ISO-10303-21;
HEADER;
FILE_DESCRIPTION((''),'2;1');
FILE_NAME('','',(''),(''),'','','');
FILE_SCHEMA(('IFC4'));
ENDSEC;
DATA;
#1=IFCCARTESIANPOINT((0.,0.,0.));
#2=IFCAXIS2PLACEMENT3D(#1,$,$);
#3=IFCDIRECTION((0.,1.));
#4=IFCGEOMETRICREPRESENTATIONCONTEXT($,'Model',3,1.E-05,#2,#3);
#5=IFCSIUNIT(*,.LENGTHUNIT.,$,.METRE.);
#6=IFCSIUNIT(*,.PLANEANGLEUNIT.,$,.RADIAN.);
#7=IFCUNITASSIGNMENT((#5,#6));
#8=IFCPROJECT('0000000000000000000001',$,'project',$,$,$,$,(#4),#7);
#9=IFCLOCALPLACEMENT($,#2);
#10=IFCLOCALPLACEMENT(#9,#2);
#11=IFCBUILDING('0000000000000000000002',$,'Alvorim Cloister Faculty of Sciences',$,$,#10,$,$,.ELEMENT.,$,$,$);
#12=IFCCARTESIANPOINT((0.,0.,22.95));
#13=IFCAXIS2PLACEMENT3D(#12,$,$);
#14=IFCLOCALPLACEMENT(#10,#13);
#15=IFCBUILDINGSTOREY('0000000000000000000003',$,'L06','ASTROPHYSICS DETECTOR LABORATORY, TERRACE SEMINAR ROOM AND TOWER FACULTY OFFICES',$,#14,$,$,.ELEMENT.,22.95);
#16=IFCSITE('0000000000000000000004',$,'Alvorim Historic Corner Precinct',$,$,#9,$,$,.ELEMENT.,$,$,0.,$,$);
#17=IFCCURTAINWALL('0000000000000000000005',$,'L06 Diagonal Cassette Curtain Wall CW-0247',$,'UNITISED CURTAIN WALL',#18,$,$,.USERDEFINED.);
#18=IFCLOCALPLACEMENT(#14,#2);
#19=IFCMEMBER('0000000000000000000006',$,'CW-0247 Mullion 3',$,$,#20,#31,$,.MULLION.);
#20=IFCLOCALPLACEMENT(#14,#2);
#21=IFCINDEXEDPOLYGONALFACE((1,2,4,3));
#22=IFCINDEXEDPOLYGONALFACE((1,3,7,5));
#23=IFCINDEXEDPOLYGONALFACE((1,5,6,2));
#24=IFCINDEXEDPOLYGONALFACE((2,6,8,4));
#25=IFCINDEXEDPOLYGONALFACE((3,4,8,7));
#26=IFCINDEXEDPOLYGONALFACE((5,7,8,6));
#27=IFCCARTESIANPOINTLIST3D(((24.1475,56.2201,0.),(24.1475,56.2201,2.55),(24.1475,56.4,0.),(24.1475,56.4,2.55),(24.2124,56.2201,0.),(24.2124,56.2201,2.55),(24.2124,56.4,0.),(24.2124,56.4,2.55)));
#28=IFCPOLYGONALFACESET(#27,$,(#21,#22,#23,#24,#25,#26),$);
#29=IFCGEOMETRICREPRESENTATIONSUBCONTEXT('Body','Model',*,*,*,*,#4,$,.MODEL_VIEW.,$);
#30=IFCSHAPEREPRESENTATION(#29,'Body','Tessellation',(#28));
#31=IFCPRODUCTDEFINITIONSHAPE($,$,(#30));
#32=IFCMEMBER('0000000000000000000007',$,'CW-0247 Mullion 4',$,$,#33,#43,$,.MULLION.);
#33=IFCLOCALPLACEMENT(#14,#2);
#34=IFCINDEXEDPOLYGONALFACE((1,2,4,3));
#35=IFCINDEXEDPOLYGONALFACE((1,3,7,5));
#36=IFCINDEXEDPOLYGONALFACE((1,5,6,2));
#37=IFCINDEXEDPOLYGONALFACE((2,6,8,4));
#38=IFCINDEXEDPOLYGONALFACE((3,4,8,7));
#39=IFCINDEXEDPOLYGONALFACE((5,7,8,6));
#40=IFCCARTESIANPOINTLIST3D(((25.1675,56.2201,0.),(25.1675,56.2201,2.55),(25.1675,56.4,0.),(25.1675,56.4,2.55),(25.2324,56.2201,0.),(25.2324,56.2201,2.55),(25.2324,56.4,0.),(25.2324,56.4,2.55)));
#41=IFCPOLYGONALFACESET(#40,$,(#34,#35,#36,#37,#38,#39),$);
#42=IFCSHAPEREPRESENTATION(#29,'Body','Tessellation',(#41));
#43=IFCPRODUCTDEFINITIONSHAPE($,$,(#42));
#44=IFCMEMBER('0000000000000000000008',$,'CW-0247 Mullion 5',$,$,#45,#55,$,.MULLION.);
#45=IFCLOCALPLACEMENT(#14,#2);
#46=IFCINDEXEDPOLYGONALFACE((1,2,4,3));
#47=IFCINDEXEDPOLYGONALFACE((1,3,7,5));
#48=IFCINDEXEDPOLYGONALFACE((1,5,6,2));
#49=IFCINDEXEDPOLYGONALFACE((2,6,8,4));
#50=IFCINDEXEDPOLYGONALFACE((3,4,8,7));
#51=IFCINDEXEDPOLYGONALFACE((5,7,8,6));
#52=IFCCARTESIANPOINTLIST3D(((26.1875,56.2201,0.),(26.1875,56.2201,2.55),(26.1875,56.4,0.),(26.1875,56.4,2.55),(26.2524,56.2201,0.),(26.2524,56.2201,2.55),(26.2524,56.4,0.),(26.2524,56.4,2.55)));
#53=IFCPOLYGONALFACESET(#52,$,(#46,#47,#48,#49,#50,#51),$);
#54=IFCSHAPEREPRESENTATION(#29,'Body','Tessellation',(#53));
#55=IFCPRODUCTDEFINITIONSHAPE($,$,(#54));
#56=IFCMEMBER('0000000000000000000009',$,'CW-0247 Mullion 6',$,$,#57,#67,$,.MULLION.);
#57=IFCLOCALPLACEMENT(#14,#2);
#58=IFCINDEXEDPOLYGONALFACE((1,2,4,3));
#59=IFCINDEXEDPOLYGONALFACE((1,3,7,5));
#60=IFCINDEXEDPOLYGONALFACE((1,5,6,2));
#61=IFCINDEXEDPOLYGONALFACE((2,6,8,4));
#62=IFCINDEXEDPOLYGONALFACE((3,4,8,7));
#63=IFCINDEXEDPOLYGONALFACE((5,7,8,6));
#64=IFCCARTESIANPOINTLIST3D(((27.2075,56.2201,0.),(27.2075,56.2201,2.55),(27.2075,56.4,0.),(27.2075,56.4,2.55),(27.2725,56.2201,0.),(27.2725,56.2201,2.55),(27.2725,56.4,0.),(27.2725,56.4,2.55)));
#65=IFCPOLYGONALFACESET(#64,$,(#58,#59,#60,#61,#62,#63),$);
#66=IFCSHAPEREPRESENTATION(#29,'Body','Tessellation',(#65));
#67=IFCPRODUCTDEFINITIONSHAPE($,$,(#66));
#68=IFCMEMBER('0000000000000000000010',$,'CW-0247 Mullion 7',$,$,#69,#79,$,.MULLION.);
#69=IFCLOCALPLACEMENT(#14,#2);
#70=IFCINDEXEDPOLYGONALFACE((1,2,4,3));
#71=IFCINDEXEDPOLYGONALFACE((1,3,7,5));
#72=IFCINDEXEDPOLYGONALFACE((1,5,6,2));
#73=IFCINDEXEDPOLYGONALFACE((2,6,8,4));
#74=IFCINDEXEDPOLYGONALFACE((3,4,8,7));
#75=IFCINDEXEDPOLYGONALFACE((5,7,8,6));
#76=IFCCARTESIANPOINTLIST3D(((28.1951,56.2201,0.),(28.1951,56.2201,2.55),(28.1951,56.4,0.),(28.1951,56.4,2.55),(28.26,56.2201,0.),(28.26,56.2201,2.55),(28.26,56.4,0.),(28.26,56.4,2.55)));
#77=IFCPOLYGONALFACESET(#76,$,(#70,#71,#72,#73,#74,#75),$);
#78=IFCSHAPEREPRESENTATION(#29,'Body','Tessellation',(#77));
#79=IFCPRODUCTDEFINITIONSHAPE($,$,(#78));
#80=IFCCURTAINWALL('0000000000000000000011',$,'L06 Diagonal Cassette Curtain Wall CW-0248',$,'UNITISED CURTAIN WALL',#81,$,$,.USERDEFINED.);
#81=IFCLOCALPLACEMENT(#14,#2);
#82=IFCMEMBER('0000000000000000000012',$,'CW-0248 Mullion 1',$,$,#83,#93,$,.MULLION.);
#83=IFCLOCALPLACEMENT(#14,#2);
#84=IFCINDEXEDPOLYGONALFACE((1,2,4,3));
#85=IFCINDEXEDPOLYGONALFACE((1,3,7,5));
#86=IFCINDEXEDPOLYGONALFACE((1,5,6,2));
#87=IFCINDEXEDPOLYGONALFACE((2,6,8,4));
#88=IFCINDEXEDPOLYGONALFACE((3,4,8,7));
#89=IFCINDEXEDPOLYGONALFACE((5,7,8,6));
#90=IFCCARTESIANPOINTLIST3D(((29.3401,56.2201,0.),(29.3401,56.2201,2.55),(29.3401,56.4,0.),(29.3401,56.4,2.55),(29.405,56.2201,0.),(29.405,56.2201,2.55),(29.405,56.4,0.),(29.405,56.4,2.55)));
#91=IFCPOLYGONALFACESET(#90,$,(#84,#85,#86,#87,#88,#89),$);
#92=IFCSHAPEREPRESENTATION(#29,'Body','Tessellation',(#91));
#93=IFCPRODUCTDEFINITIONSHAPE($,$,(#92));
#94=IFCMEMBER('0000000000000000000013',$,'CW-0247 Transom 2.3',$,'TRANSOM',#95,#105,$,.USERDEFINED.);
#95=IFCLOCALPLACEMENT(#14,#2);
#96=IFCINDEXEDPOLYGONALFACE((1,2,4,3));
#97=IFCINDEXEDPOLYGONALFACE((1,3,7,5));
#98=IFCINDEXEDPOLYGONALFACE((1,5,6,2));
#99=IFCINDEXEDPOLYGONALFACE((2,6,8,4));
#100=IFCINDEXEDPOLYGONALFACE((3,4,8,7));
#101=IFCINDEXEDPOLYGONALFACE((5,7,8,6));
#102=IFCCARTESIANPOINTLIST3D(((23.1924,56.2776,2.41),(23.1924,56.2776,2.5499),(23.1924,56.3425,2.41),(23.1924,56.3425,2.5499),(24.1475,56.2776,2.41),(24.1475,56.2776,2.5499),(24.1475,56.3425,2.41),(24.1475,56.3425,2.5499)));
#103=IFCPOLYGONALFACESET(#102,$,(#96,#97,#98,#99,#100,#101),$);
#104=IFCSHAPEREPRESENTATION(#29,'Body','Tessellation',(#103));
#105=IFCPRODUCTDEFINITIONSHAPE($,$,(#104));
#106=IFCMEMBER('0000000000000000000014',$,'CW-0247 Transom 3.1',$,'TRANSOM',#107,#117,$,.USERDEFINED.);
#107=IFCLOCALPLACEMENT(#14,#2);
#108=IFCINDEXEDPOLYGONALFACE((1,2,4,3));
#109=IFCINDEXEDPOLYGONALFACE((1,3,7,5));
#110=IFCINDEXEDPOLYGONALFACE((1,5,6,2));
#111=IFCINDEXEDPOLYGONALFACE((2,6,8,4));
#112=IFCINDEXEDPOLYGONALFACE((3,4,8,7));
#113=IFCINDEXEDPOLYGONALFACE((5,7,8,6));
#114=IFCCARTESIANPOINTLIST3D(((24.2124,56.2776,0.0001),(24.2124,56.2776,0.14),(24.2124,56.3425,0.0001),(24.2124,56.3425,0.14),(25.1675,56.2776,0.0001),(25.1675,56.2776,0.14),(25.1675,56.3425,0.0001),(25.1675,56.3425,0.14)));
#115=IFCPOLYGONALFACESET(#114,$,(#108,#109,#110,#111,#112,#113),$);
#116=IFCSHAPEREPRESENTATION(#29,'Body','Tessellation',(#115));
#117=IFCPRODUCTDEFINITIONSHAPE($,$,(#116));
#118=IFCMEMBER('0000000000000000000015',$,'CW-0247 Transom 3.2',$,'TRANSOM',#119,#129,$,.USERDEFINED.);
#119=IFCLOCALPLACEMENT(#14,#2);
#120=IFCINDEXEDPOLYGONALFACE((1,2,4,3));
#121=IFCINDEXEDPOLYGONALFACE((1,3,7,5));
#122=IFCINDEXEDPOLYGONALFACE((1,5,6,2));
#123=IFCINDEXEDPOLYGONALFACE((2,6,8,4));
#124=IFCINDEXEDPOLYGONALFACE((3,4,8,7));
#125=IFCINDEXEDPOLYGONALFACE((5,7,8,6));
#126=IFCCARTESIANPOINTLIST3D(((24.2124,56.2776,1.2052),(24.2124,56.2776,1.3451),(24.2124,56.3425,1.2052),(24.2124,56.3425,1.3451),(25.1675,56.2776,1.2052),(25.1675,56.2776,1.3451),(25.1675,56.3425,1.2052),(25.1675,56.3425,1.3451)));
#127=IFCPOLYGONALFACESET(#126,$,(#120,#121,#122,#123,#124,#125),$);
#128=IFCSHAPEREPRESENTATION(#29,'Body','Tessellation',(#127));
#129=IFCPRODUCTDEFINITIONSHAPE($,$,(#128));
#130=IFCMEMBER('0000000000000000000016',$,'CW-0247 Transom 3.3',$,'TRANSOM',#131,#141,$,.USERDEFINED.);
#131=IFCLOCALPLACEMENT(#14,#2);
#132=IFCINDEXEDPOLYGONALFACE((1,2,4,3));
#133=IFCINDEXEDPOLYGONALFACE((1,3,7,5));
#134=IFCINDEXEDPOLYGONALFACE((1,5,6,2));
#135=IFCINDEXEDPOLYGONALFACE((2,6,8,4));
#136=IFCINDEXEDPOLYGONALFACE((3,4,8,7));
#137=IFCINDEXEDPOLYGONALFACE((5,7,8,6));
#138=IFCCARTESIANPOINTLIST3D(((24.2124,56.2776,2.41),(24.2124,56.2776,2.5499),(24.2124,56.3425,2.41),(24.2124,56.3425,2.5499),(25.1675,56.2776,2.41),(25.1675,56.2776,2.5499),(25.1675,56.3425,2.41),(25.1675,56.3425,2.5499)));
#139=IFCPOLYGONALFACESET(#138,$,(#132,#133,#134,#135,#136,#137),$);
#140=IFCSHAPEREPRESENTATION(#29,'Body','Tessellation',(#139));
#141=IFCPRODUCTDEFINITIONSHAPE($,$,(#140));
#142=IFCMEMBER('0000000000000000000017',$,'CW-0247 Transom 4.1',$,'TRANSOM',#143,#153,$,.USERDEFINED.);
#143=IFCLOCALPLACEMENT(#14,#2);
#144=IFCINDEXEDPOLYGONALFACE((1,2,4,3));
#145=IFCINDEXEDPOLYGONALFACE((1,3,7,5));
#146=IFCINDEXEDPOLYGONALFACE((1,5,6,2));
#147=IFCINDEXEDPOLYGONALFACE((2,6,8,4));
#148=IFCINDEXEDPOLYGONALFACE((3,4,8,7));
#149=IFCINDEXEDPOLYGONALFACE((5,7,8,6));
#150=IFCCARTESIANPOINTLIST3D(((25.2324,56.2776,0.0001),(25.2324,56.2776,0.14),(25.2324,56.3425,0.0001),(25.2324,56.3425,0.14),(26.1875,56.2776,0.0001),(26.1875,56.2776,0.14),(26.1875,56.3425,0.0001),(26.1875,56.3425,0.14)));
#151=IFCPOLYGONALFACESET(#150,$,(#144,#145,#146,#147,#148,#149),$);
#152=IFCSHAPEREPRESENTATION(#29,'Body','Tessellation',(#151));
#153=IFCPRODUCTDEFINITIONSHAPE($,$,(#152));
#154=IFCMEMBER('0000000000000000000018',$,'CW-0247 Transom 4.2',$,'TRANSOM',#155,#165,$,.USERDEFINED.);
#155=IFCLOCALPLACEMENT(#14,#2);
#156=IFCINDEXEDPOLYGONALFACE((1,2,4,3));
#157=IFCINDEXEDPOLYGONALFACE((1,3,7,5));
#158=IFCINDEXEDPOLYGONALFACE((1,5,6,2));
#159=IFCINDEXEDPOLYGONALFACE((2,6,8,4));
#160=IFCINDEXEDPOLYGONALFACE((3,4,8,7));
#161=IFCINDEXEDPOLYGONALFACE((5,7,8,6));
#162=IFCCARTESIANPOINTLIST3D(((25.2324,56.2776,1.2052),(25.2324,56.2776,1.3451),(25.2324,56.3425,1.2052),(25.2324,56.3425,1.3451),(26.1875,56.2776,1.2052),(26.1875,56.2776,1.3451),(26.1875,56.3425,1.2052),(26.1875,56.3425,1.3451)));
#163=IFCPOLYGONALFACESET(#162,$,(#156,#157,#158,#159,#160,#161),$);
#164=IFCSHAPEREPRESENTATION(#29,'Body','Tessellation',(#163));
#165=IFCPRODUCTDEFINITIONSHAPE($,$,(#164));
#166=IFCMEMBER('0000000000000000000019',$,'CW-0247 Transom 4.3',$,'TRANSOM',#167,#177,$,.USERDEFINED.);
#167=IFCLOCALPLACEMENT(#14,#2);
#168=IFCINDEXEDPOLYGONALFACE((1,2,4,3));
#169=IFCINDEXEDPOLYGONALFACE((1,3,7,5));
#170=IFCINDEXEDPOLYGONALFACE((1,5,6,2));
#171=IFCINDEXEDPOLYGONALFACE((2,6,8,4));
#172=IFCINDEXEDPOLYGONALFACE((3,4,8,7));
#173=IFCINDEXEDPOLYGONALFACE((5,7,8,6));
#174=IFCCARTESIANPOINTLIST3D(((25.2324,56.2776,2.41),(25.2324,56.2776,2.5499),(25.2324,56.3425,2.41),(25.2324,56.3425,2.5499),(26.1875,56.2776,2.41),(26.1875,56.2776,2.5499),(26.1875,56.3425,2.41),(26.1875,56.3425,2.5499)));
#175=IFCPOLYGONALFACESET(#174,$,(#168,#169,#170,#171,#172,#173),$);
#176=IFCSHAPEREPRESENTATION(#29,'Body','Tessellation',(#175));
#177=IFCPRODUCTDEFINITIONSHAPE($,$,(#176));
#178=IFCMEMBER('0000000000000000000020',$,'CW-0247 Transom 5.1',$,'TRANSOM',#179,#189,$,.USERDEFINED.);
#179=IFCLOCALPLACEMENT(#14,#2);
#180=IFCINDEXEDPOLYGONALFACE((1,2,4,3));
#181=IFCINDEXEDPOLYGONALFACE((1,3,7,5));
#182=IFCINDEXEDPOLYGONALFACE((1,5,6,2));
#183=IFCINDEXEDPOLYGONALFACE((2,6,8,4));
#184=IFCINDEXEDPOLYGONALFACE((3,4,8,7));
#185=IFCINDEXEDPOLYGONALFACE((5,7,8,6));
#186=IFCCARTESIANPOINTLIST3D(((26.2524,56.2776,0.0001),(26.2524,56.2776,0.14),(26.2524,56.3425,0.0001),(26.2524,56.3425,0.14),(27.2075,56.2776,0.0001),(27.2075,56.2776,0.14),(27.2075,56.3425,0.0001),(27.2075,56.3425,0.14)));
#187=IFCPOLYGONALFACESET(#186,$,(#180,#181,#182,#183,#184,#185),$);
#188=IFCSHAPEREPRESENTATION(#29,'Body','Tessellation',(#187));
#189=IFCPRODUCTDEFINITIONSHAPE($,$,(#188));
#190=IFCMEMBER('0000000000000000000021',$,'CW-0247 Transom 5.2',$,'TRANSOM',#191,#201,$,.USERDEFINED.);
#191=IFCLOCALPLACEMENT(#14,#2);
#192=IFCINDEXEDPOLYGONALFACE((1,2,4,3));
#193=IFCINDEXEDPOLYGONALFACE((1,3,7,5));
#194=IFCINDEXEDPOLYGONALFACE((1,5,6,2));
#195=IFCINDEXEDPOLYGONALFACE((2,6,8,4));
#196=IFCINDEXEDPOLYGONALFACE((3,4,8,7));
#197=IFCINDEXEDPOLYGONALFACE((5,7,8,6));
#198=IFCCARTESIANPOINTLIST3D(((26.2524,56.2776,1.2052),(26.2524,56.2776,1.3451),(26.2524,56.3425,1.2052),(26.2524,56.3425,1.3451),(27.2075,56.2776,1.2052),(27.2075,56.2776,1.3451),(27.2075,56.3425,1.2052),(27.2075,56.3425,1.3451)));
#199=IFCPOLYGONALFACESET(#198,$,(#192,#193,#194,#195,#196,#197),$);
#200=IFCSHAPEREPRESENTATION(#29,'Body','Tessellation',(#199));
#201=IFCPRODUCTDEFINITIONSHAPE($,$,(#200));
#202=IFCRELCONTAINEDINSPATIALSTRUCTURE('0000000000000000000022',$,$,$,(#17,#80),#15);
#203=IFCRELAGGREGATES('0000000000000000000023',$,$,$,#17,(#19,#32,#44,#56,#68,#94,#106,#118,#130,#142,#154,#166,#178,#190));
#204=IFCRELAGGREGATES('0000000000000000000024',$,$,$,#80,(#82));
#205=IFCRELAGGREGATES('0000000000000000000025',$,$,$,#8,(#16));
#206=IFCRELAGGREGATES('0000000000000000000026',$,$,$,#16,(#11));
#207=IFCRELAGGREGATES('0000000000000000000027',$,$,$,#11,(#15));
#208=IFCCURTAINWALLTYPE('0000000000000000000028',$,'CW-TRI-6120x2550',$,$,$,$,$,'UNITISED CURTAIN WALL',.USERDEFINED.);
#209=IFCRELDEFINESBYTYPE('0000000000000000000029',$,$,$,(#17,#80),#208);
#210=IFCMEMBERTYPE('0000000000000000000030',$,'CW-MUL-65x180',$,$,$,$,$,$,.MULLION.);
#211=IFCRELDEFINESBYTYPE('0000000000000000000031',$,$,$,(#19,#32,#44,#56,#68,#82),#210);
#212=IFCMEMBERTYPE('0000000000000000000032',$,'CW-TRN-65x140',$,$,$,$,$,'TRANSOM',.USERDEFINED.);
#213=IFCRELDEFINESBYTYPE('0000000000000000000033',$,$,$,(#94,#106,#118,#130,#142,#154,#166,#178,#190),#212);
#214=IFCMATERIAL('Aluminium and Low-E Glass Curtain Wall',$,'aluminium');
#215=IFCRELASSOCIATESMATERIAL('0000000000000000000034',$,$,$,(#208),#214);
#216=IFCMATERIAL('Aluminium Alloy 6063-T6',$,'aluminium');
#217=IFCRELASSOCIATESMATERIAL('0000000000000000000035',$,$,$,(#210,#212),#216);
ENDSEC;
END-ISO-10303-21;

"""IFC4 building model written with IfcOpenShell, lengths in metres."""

from ifc_helpers import new_model, si_unit, direction, frame, origin, origin_2d, place, context, subcontext, project, spatial, rectangle, extrude, material, material_profile, profile_set, type_object, element, aggregate, save


model = new_model("IFC4")

# Units and contexts
model_context = context("Model", 3, precision=1e-05, world=origin(), true_north=direction((0.0, 1.0)))
body_context = subcontext(model_context, "Body", "Model", "MODEL_VIEW")
ifc_project = project(units=[si_unit("LENGTHUNIT", "METRE"), si_unit("PLANEANGLEUNIT", "RADIAN")], contexts=[model_context])

# Site, building, storey
site_placement = place(None, origin())
site = spatial("IfcSite", under=ifc_project, at=site_placement, Name="Alvorim Historic Corner Precinct", CompositionType="ELEMENT", RefElevation=0.0)
building_placement = place(site_placement, origin())
building = spatial("IfcBuilding", under=site, at=building_placement, Name="Alvorim Cloister Faculty of Sciences", CompositionType="ELEMENT")
storey_placement = place(building_placement, frame((0.0, 0.0, 22.95)))
storey = spatial("IfcBuildingStorey", under=building, at=storey_placement, Name="L06", Description="ASTROPHYSICS DETECTOR LABORATORY, TERRACE SEMINAR ROOM AND TOWER FACULTY OFFICES", CompositionType="ELEMENT", Elevation=22.95)

# Curtain wall, members
ifc_material_1 = material(Name="Aluminium and Low-E Glass Curtain Wall", Category="aluminium")
curtain_wall_type = type_object("IfcCurtainWallType", Name="CW-TRI-6120x2550", ElementType="UNITISED CURTAIN WALL", PredefinedType="USERDEFINED", material=ifc_material_1)
curtain_wall_1_placement = place(storey_placement, origin())
curtain_wall_1 = element("IfcCurtainWall", 1, at=curtain_wall_1_placement, inside=storey, type_object=curtain_wall_type, Name="L06 Diagonal Cassette Curtain Wall CW-0247", ObjectType="UNITISED CURTAIN WALL", PredefinedType="USERDEFINED")
ifc_material_2 = material(Name="Aluminium Alloy 6063-T6", Category="aluminium")
ifc_material_profile_1 = material_profile(ifc_material_2, rectangle(XDim=0.0649, YDim=0.1799, at=origin_2d()), Name="ALU-MUL-65x180")
ifc_profile_set_1 = profile_set([ifc_material_profile_1], Name="Aluminium Alloy 6063-T6")
member_type_1 = type_object("IfcMemberType", Name="CW-MUL-65x180", PredefinedType="MULLION", material=ifc_profile_set_1)
member_1_placement = place(storey_placement, frame((24.1799, 56.3101, 0.0), z_axis=(0.0, 0.0, 1.0), x_axis=(1.0, 0.0, 0.0)))
member_1 = element("IfcMember", 2, at=member_1_placement, type_object=member_type_1, Name="CW-0247 Mullion 3", PredefinedType="MULLION", context=body_context, shape_type="SweptSolid", body=[
    extrude(rectangle(XDim=0.0649, YDim=0.1799, at=origin_2d()), origin(), (0.0, 0.0, 1.0), 2.55),
])
member_2_placement = place(storey_placement, frame((25.2, 56.3101, 0.0), z_axis=(0.0, 0.0, 1.0), x_axis=(1.0, 0.0, 0.0)))
member_2 = element("IfcMember", 3, at=member_2_placement, type_object=member_type_1, Name="CW-0247 Mullion 4", PredefinedType="MULLION", context=body_context, shape_type="SweptSolid", body=[
    extrude(rectangle(XDim=0.0649, YDim=0.1799, at=origin_2d()), origin(), (0.0, 0.0, 1.0), 2.55),
])
member_3_placement = place(storey_placement, frame((26.22, 56.3101, 0.0), z_axis=(0.0, 0.0, 1.0), x_axis=(1.0, 0.0, 0.0)))
member_3 = element("IfcMember", 4, at=member_3_placement, type_object=member_type_1, Name="CW-0247 Mullion 5", PredefinedType="MULLION", context=body_context, shape_type="SweptSolid", body=[
    extrude(rectangle(XDim=0.0649, YDim=0.1799, at=origin_2d()), origin(), (0.0, 0.0, 1.0), 2.55),
])
member_4_placement = place(storey_placement, frame((27.24, 56.3101, 0.0), z_axis=(0.0, 0.0, 1.0), x_axis=(1.0, 0.0, 0.0)))
member_4 = element("IfcMember", 5, at=member_4_placement, type_object=member_type_1, Name="CW-0247 Mullion 6", PredefinedType="MULLION", context=body_context, shape_type="SweptSolid", body=[
    extrude(rectangle(XDim=0.0649, YDim=0.1799, at=origin_2d()), origin(), (0.0, 0.0, 1.0), 2.55),
])
member_5_placement = place(storey_placement, frame((28.2275, 56.3101, 0.0), z_axis=(0.0, 0.0, 1.0), x_axis=(1.0, 0.0, 0.0)))
member_5 = element("IfcMember", 6, at=member_5_placement, type_object=member_type_1, Name="CW-0247 Mullion 7", PredefinedType="MULLION", context=body_context, shape_type="SweptSolid", body=[
    extrude(rectangle(XDim=0.0649, YDim=0.1799, at=origin_2d()), origin(), (0.0, 0.0, 1.0), 2.55),
])

# Curtain wall, member
curtain_wall_2_placement = place(storey_placement, origin())
curtain_wall_2 = element("IfcCurtainWall", 7, at=curtain_wall_2_placement, inside=storey, type_object=curtain_wall_type, Name="L06 Diagonal Cassette Curtain Wall CW-0248", ObjectType="UNITISED CURTAIN WALL", PredefinedType="USERDEFINED")
member_6_placement = place(storey_placement, frame((29.3726, 56.3101, 0.0), z_axis=(0.0, 0.0, 1.0), x_axis=(1.0, 0.0, 0.0)))
member_6 = element("IfcMember", 8, at=member_6_placement, type_object=member_type_1, Name="CW-0248 Mullion 1", PredefinedType="MULLION", context=body_context, shape_type="SweptSolid", body=[
    extrude(rectangle(XDim=0.0649, YDim=0.1799, at=origin_2d()), origin(), (0.0, 0.0, 1.0), 2.55),
])

# Members
ifc_material_profile_2 = material_profile(ifc_material_2, rectangle(XDim=0.0649, YDim=0.1399, at=origin_2d()), Name="ALU-TRN-65x140")
ifc_profile_set_2 = profile_set([ifc_material_profile_2], Name="Aluminium Alloy 6063-T6")
member_type_2 = type_object("IfcMemberType", Name="CW-TRN-65x140", ElementType="TRANSOM", PredefinedType="USERDEFINED", material=ifc_profile_set_2)
member_7_placement = place(storey_placement, frame((23.1924, 56.3101, 2.48), z_axis=(1.0, 0.0, 0.0), x_axis=(0.0, 1.0, 0.0)))
member_7 = element("IfcMember", 9, at=member_7_placement, type_object=member_type_2, Name="CW-0247 Transom 2.3", ObjectType="TRANSOM", PredefinedType="USERDEFINED", context=body_context, shape_type="SweptSolid", body=[
    extrude(rectangle(XDim=0.0649, YDim=0.1399, at=origin_2d()), origin(), (0.0, 0.0, 1.0), 0.9551),
])
member_8_placement = place(storey_placement, frame((24.2124, 56.3101, 0.0701), z_axis=(1.0, 0.0, 0.0), x_axis=(0.0, 1.0, 0.0)))
member_8 = element("IfcMember", 10, at=member_8_placement, type_object=member_type_2, Name="CW-0247 Transom 3.1", ObjectType="TRANSOM", PredefinedType="USERDEFINED", context=body_context, shape_type="SweptSolid", body=[
    extrude(rectangle(XDim=0.0649, YDim=0.1399, at=origin_2d()), origin(), (0.0, 0.0, 1.0), 0.9551),
])
member_9_placement = place(storey_placement, frame((24.2124, 56.3101, 1.2751), z_axis=(1.0, 0.0, 0.0), x_axis=(0.0, 1.0, 0.0)))
member_9 = element("IfcMember", 11, at=member_9_placement, type_object=member_type_2, Name="CW-0247 Transom 3.2", ObjectType="TRANSOM", PredefinedType="USERDEFINED", context=body_context, shape_type="SweptSolid", body=[
    extrude(rectangle(XDim=0.0649, YDim=0.1399, at=origin_2d()), origin(), (0.0, 0.0, 1.0), 0.9551),
])
member_10_placement = place(storey_placement, frame((24.2124, 56.3101, 2.48), z_axis=(1.0, 0.0, 0.0), x_axis=(0.0, 1.0, 0.0)))
member_10 = element("IfcMember", 12, at=member_10_placement, type_object=member_type_2, Name="CW-0247 Transom 3.3", ObjectType="TRANSOM", PredefinedType="USERDEFINED", context=body_context, shape_type="SweptSolid", body=[
    extrude(rectangle(XDim=0.0649, YDim=0.1399, at=origin_2d()), origin(), (0.0, 0.0, 1.0), 0.9551),
])
member_11_placement = place(storey_placement, frame((25.2324, 56.3101, 0.0701), z_axis=(1.0, 0.0, 0.0), x_axis=(0.0, 1.0, 0.0)))
member_11 = element("IfcMember", 13, at=member_11_placement, type_object=member_type_2, Name="CW-0247 Transom 4.1", ObjectType="TRANSOM", PredefinedType="USERDEFINED", context=body_context, shape_type="SweptSolid", body=[
    extrude(rectangle(XDim=0.0649, YDim=0.1399, at=origin_2d()), origin(), (0.0, 0.0, 1.0), 0.9551),
])
member_12_placement = place(storey_placement, frame((25.2324, 56.3101, 1.2751), z_axis=(1.0, 0.0, 0.0), x_axis=(0.0, 1.0, 0.0)))
member_12 = element("IfcMember", 14, at=member_12_placement, type_object=member_type_2, Name="CW-0247 Transom 4.2", ObjectType="TRANSOM", PredefinedType="USERDEFINED", context=body_context, shape_type="SweptSolid", body=[
    extrude(rectangle(XDim=0.0649, YDim=0.1399, at=origin_2d()), origin(), (0.0, 0.0, 1.0), 0.9551),
])
member_13_placement = place(storey_placement, frame((25.2324, 56.3101, 2.48), z_axis=(1.0, 0.0, 0.0), x_axis=(0.0, 1.0, 0.0)))
member_13 = element("IfcMember", 15, at=member_13_placement, type_object=member_type_2, Name="CW-0247 Transom 4.3", ObjectType="TRANSOM", PredefinedType="USERDEFINED", context=body_context, shape_type="SweptSolid", body=[
    extrude(rectangle(XDim=0.0649, YDim=0.1399, at=origin_2d()), origin(), (0.0, 0.0, 1.0), 0.9551),
])
member_14_placement = place(storey_placement, frame((26.2524, 56.3101, 0.0701), z_axis=(1.0, 0.0, 0.0), x_axis=(0.0, 1.0, 0.0)))
member_14 = element("IfcMember", 16, at=member_14_placement, type_object=member_type_2, Name="CW-0247 Transom 5.1", ObjectType="TRANSOM", PredefinedType="USERDEFINED", context=body_context, shape_type="SweptSolid", body=[
    extrude(rectangle(XDim=0.0649, YDim=0.1399, at=origin_2d()), origin(), (0.0, 0.0, 1.0), 0.9551),
])
member_15_placement = place(storey_placement, frame((26.2524, 56.3101, 1.2751), z_axis=(1.0, 0.0, 0.0), x_axis=(0.0, 1.0, 0.0)))
member_15 = element("IfcMember", 17, at=member_15_placement, type_object=member_type_2, Name="CW-0247 Transom 5.2", ObjectType="TRANSOM", PredefinedType="USERDEFINED", context=body_context, shape_type="SweptSolid", body=[
    extrude(rectangle(XDim=0.0649, YDim=0.1399, at=origin_2d()), origin(), (0.0, 0.0, 1.0), 0.9551),
])
aggregate(curtain_wall_1, [member_1, member_2, member_3, member_4, member_5, member_7, member_8, member_9, member_10, member_11, member_12, member_13, member_14, member_15])
aggregate(curtain_wall_2, [member_6])

save(model, "model.ifc")
